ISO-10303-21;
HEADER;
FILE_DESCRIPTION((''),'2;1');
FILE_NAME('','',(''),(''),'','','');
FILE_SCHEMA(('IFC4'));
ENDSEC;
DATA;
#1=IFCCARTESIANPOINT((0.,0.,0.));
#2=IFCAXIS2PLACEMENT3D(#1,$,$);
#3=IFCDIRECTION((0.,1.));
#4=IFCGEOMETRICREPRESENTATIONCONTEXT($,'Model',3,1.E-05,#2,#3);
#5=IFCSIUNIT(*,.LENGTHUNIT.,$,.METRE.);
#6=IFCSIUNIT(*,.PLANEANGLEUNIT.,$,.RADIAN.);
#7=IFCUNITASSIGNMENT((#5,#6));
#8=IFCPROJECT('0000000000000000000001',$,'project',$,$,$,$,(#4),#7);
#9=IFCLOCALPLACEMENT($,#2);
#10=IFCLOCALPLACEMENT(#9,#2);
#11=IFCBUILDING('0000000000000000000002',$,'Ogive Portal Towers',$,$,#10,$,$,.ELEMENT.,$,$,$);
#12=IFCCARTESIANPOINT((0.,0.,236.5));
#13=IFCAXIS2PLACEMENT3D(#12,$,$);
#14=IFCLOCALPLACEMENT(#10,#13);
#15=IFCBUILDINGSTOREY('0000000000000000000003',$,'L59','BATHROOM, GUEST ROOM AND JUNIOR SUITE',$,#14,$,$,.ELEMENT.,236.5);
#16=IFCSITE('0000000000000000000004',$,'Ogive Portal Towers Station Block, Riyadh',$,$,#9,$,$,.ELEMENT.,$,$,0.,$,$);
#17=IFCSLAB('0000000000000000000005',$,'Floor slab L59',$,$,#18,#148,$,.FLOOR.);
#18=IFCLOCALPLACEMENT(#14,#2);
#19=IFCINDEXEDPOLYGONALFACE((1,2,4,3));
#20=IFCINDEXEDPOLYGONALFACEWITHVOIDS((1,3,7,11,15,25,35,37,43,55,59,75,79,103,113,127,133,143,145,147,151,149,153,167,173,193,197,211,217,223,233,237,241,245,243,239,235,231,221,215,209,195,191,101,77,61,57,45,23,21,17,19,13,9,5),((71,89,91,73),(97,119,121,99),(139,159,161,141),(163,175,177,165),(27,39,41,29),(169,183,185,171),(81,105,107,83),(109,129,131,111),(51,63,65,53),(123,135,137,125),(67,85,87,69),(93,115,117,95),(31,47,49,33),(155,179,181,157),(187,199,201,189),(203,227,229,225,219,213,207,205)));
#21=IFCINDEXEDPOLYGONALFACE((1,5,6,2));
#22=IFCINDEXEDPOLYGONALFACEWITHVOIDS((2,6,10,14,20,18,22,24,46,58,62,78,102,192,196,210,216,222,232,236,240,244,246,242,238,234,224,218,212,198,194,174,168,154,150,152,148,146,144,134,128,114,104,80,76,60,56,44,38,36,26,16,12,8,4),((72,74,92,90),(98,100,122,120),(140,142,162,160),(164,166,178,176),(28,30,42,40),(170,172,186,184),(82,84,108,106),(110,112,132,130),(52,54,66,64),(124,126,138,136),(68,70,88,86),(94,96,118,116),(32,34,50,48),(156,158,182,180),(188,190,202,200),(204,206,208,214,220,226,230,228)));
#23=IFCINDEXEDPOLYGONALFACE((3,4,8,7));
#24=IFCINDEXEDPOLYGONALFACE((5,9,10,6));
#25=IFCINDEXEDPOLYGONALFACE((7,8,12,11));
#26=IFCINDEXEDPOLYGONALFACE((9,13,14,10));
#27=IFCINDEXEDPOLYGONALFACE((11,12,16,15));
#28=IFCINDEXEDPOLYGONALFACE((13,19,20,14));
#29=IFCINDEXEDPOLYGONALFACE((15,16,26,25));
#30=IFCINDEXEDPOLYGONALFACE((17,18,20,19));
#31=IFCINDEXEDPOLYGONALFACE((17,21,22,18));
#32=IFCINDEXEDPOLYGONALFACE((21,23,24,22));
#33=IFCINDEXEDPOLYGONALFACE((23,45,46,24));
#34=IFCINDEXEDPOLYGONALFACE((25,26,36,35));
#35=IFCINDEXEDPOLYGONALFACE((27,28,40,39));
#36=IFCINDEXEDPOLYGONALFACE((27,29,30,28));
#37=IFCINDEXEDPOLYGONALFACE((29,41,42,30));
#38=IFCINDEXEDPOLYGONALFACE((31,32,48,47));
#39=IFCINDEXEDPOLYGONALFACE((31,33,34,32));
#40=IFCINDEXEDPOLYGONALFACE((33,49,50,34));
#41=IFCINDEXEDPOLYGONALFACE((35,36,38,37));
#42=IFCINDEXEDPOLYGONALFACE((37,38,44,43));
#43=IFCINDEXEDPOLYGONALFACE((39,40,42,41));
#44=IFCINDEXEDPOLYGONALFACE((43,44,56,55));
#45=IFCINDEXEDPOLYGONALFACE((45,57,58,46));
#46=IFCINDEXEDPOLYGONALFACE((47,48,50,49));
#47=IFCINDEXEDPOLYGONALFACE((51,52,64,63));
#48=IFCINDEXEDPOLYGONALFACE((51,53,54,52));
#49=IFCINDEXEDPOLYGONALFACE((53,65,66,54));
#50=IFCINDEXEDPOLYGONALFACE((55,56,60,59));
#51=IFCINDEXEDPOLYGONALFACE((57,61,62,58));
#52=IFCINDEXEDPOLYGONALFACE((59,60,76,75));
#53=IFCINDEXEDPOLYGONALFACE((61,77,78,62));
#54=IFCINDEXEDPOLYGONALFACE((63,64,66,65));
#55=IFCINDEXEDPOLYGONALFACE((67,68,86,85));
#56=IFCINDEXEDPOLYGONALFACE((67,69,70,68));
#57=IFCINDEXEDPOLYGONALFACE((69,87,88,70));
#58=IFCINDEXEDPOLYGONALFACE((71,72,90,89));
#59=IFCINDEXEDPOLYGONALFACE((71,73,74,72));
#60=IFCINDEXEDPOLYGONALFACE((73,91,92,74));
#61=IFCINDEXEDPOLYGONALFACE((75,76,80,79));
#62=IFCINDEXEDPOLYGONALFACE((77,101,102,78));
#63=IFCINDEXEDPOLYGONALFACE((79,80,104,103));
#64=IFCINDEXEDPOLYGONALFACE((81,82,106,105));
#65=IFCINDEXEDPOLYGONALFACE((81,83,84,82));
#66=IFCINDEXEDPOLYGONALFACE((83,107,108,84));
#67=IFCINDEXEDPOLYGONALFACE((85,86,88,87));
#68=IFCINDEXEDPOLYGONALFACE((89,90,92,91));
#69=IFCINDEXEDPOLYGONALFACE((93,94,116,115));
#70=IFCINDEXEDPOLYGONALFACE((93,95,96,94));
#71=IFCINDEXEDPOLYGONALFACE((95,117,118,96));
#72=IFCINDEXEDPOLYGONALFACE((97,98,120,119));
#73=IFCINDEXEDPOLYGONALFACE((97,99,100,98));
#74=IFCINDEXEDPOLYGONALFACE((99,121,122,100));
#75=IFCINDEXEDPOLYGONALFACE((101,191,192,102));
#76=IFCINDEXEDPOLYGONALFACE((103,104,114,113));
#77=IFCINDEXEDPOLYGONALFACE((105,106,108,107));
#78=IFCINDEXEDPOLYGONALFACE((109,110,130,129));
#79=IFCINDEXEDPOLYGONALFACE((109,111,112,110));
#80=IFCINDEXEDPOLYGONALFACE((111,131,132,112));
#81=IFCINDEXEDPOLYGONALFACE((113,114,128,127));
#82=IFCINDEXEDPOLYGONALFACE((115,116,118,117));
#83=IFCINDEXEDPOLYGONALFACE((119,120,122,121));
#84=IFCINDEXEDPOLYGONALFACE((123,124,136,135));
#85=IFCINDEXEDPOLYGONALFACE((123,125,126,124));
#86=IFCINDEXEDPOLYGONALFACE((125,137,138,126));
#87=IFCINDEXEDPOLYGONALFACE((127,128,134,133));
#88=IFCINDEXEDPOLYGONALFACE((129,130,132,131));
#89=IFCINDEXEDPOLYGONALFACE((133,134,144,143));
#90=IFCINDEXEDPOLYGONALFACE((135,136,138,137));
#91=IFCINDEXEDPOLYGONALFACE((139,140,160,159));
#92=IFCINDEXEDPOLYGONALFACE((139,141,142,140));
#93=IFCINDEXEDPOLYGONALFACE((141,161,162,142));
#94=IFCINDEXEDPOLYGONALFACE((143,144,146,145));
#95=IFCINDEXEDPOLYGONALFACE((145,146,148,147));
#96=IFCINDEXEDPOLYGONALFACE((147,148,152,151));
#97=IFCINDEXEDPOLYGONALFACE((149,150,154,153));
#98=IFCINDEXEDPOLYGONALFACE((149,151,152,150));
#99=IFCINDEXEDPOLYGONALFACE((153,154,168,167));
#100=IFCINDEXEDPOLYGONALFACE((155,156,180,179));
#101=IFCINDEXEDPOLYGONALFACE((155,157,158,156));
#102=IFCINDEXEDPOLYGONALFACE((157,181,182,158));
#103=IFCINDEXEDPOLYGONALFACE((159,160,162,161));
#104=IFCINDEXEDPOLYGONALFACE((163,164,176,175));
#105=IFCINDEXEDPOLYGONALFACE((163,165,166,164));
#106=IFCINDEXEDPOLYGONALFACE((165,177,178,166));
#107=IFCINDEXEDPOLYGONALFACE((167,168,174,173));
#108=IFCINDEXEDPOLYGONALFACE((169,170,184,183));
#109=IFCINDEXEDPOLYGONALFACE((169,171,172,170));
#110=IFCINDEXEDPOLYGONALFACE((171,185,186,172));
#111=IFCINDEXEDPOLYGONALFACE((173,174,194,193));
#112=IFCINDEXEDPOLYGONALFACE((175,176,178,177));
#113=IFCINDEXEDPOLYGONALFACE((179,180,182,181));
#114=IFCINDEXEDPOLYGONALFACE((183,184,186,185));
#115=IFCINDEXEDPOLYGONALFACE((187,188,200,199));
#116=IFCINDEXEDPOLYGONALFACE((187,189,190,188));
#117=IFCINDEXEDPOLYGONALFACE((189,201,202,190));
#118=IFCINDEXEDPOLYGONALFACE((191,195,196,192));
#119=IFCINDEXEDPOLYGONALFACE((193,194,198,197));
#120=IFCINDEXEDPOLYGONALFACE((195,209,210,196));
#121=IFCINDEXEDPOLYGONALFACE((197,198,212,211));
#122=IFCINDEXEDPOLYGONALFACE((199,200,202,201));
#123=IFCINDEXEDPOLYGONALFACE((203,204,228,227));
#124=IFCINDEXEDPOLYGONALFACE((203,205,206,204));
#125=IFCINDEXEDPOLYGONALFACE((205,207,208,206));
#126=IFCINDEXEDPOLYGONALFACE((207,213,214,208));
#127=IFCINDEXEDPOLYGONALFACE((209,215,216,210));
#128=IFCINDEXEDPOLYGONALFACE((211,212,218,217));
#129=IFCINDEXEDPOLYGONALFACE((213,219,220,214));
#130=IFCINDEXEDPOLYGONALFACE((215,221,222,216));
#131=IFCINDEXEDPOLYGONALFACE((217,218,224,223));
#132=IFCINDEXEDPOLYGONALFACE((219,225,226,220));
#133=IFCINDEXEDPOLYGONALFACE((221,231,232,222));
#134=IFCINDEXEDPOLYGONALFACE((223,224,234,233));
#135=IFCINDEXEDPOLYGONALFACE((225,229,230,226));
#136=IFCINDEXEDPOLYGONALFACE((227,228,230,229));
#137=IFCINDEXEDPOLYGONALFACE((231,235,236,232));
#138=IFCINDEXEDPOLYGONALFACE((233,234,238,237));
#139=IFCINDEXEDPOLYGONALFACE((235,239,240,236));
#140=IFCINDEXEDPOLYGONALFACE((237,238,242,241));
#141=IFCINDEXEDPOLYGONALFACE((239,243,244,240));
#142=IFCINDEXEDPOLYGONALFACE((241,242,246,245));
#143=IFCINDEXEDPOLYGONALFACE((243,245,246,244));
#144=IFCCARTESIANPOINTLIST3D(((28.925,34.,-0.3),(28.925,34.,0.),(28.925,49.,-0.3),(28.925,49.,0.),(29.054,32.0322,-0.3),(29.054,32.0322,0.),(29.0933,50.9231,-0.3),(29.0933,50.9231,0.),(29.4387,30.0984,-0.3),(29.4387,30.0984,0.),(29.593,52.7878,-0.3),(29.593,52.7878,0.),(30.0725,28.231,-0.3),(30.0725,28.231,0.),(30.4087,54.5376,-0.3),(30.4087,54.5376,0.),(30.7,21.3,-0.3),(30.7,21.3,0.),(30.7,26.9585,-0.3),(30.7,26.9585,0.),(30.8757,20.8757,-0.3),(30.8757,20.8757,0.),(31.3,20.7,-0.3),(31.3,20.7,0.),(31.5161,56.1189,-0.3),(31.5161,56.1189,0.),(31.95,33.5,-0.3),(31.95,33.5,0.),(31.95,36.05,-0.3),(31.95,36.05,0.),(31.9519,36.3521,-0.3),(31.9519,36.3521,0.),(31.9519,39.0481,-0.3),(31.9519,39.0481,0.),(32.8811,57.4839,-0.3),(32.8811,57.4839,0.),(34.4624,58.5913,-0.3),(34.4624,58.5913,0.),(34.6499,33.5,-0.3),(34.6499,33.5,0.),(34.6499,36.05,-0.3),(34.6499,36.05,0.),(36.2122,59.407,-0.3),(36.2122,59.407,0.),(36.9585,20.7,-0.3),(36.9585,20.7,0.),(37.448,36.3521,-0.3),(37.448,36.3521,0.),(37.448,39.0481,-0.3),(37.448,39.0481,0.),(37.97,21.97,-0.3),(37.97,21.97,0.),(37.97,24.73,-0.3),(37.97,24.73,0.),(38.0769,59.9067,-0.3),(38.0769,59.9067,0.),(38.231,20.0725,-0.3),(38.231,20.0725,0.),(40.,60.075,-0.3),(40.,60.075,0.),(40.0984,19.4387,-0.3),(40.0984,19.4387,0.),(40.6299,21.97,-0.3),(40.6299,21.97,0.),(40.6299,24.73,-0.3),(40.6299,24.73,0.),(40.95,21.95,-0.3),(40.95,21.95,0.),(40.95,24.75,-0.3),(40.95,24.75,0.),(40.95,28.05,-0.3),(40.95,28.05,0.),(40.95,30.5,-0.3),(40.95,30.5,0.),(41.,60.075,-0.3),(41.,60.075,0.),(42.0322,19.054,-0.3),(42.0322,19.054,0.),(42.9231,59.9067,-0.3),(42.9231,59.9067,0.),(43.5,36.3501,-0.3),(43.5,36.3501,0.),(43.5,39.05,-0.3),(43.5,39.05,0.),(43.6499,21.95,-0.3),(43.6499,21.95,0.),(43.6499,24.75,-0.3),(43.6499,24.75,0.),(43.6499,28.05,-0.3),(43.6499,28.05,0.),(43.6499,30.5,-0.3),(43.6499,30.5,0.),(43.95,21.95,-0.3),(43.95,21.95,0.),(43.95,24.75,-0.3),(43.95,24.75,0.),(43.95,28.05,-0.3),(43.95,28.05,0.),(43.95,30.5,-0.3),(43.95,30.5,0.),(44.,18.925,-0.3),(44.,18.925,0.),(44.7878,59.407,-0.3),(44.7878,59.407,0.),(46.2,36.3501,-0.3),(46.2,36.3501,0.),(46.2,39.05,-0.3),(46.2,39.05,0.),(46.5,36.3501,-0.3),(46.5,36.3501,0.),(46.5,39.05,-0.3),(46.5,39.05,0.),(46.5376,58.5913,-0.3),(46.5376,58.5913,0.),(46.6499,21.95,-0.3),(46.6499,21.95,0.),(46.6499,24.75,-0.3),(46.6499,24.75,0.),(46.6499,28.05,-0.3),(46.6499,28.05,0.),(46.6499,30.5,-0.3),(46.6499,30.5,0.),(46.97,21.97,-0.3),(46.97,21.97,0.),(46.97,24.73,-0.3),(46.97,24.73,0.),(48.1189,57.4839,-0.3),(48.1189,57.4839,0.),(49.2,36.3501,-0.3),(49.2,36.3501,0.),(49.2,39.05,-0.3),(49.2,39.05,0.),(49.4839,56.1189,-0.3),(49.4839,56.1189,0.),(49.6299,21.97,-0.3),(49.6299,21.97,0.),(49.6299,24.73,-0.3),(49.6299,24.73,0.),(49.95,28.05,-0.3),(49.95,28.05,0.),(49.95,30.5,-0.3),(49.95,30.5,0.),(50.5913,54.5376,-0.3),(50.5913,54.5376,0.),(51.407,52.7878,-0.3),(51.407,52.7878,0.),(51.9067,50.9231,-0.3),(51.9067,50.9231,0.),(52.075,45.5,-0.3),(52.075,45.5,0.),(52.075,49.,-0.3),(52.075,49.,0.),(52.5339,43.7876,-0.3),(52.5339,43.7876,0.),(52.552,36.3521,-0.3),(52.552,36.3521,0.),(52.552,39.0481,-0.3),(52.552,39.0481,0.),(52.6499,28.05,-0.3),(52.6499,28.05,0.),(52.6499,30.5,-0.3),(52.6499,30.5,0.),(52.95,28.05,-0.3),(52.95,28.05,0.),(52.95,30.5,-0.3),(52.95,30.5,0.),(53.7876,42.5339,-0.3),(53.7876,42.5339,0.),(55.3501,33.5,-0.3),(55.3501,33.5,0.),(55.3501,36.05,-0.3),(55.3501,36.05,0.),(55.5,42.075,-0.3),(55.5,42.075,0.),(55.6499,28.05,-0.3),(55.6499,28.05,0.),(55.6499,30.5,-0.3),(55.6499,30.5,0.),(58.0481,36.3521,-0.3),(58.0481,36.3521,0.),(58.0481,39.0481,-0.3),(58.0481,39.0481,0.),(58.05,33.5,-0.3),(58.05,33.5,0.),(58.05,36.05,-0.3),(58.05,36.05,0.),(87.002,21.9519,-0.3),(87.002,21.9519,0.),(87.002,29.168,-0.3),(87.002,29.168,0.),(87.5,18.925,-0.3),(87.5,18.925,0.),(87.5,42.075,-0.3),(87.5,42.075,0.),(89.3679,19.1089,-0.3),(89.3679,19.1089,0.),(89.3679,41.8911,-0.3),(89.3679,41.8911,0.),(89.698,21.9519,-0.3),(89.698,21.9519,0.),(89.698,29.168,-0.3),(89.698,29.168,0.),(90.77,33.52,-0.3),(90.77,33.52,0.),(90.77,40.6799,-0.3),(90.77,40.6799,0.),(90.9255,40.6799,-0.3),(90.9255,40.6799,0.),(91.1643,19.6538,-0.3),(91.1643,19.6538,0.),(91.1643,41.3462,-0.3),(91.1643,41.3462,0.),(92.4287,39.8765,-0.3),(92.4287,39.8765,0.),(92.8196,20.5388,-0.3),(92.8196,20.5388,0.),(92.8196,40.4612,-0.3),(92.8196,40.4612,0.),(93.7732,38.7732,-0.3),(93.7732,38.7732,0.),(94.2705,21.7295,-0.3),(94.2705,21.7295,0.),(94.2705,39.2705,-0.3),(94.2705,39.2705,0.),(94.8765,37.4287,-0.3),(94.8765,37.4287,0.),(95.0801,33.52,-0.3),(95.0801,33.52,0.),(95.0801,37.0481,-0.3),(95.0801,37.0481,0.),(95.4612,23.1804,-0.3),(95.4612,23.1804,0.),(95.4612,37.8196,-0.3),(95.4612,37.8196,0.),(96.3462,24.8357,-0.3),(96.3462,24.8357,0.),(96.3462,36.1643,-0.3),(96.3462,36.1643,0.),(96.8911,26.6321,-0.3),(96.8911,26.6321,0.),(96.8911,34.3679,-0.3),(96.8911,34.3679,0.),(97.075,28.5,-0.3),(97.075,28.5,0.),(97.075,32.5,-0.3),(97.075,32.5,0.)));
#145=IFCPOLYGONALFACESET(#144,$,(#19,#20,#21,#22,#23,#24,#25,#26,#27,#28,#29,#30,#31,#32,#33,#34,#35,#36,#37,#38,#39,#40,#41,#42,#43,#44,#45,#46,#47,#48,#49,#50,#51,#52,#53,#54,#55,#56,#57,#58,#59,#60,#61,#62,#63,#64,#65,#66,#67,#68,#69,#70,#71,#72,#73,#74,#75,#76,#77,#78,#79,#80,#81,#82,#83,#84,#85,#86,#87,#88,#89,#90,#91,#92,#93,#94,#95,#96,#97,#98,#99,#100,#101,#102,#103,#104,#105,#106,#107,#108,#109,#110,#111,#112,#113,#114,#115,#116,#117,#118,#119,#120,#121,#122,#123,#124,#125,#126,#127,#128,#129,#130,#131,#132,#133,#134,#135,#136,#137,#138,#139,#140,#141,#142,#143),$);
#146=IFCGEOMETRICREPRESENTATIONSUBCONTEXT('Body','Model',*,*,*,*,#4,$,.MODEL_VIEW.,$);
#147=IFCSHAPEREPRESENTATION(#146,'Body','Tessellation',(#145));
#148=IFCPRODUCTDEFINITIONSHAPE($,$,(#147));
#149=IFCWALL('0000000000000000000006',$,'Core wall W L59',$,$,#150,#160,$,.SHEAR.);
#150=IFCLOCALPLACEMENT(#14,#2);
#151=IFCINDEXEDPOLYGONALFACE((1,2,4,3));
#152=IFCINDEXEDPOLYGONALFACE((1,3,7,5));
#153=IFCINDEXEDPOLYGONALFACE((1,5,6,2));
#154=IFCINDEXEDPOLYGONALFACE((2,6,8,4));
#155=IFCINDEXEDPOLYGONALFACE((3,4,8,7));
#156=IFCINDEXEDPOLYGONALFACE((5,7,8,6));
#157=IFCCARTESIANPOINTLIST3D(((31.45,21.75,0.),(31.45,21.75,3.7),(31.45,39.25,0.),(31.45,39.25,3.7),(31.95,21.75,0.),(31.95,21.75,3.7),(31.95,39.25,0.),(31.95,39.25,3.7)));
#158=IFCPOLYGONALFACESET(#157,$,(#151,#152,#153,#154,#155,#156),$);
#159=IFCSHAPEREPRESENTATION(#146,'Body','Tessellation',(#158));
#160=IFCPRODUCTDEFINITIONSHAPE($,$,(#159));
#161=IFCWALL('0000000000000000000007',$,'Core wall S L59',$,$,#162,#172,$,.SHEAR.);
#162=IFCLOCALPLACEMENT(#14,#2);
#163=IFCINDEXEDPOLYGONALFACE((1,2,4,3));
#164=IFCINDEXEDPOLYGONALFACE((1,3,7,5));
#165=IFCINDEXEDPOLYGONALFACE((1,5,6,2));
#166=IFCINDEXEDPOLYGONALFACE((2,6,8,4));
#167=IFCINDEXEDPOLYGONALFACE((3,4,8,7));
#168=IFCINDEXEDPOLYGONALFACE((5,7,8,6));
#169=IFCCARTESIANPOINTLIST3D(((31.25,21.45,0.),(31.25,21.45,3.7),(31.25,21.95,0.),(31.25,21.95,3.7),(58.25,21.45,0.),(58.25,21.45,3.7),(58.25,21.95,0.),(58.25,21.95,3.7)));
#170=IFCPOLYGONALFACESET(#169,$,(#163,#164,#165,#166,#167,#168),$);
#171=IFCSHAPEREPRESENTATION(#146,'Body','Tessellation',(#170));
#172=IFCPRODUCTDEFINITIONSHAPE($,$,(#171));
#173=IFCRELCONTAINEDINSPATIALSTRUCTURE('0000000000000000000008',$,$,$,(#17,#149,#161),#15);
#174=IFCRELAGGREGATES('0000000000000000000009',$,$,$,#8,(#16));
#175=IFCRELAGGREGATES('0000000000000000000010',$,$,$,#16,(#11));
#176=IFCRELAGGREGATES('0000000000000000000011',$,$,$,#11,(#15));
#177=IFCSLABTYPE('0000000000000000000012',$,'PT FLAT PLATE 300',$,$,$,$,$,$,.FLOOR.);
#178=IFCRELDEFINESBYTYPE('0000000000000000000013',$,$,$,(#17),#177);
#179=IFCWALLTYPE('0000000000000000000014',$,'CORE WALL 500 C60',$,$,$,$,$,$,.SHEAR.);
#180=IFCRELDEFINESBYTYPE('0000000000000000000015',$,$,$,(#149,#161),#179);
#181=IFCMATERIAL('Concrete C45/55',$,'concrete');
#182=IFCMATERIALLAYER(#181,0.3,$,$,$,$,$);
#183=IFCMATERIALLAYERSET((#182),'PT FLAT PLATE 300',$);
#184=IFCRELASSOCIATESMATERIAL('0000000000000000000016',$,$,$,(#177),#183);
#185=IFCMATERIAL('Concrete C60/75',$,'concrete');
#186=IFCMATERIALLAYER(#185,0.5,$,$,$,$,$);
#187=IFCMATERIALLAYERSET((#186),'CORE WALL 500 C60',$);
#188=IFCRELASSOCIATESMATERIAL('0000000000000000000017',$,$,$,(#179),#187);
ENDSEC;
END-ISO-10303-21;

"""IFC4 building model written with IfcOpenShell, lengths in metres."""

from ifc_helpers import new_model, si_unit, direction, frame, frame_2d, origin, place, context, subcontext, project, spatial, polyline, rectangle, outline, extrude, material, layer, layer_set, type_object, element, save


model = new_model("IFC4")

# Units and contexts
model_context = context("Model", 3, precision=1e-05, world=origin(), true_north=direction((0.0, 1.0)))
body_context = subcontext(model_context, "Body", "Model", "MODEL_VIEW")
ifc_project = project(units=[si_unit("LENGTHUNIT", "METRE"), si_unit("PLANEANGLEUNIT", "RADIAN")], contexts=[model_context])

# Site, building, storey
site_placement = place(None, origin())
site = spatial("IfcSite", under=ifc_project, at=site_placement, Name="Ogive Portal Towers Station Block, Riyadh", CompositionType="ELEMENT", RefElevation=0.0)
building_placement = place(site_placement, origin())
building = spatial("IfcBuilding", under=site, at=building_placement, Name="Ogive Portal Towers", CompositionType="ELEMENT")
storey_placement = place(building_placement, frame((0.0, 0.0, 236.5)))
storey = spatial("IfcBuildingStorey", under=building, at=storey_placement, Name="L59", Description="BATHROOM, GUEST ROOM AND JUNIOR SUITE", CompositionType="ELEMENT", Elevation=236.5)

# Slab
ifc_material_1 = material(Name="Concrete C45/55", Category="concrete")
ifc_layer_1 = layer(ifc_material_1, 0.3)
ifc_layer_set_1 = layer_set([ifc_layer_1], Name="PT FLAT PLATE 300")
slab_type_1 = type_object("IfcSlabType", Name="PT FLAT PLATE 300", PredefinedType="FLOOR", material=ifc_layer_set_1)
slab_1_placement = place(storey_placement, frame((0.0, 0.0, -0.3)))
element("IfcSlab", 1, at=slab_1_placement, inside=storey, type_object=slab_type_1, Name="Floor slab L59", PredefinedType="FLOOR", context=body_context, shape_type="SweptSolid", body=[
    extrude(outline(polyline([(29.4387, 30.0984), (30.0725, 28.231), (30.7, 26.9585), (30.7, 21.3), (30.8757, 20.8757), (31.3, 20.7), (36.9585, 20.7), (38.231, 20.0725), (40.0984, 19.4387), (42.0322, 19.054), (44.0, 18.925), (87.5, 18.925), (89.3679, 19.1089), (91.1643, 19.6538), (92.8196, 20.5388), (94.2705, 21.7295), (95.4612, 23.1804), (96.3462, 24.8357), (96.8911, 26.6321), (97.075, 28.5), (97.075, 32.5), (96.8911, 34.3679), (96.3462, 36.1643), (95.4612, 37.8196), (94.2705, 39.2705), (92.8196, 40.4612), (91.1643, 41.3462), (89.3679, 41.8911), (87.5, 42.075), (55.5, 42.075), (53.7876, 42.5339), (52.5339, 43.7876), (52.075, 45.5), (52.075, 49.0), (51.9067, 50.9231), (51.407, 52.7878), (50.5913, 54.5376), (49.4839, 56.1189), (48.1189, 57.4839), (46.5376, 58.5913), (44.7878, 59.407), (42.9231, 59.9067), (41.0, 60.075), (40.0, 60.075), (38.0769, 59.9067), (36.2122, 59.407), (34.4624, 58.5913), (32.8811, 57.4839), (31.5161, 56.1189), (30.4087, 54.5376), (29.593, 52.7878), (29.0933, 50.9231), (28.925, 49.0), (28.925, 34.0), (29.054, 32.0322), (29.4387, 30.0984)]), holes=[polyline([(40.6299, 21.97), (37.97, 21.97), (37.97, 24.73), (40.6299, 24.73), (40.6299, 21.97)]), polyline([(43.6499, 24.75), (43.6499, 21.95), (40.95, 21.95), (40.95, 24.75), (43.6499, 24.75)]), polyline([(46.6499, 24.75), (46.6499, 21.95), (43.95, 21.95), (43.95, 24.75), (46.6499, 24.75)]), polyline([(43.6499, 30.5), (43.6499, 28.05), (40.95, 28.05), (40.95, 30.5), (43.6499, 30.5)]), polyline([(46.6499, 30.5), (46.6499, 28.05), (43.95, 28.05), (43.95, 30.5), (46.6499, 30.5)]), polyline([(34.6499, 36.05), (34.6499, 33.5), (31.95, 33.5), (31.95, 36.05), (34.6499, 36.05)]), polyline([(31.9519, 39.0481), (37.448, 39.0481), (37.448, 36.3521), (31.9519, 36.3521), (31.9519, 39.0481)]), polyline([(46.2, 39.05), (46.2, 36.3501), (43.5, 36.3501), (43.5, 39.05), (46.2, 39.05)]), polyline([(49.6299, 21.97), (46.97, 21.97), (46.97, 24.73), (49.6299, 24.73), (49.6299, 21.97)]), polyline([(87.002, 21.9519), (87.002, 29.168), (89.698, 29.168), (89.698, 21.9519), (87.002, 21.9519)]), polyline([(52.6499, 30.5), (52.6499, 28.05), (49.95, 28.05), (49.95, 30.5), (52.6499, 30.5)]), polyline([(55.6499, 30.5), (55.6499, 28.05), (52.95, 28.05), (52.95, 30.5), (55.6499, 30.5)]), polyline([(58.05, 36.05), (58.05, 33.5), (55.3501, 33.5), (55.3501, 36.05), (58.05, 36.05)]), polyline([(93.7732, 38.7732), (94.8765, 37.4287), (95.0801, 37.0481), (95.0801, 33.52), (90.77, 33.52), (90.77, 40.6799), (90.9255, 40.6799), (92.4287, 39.8765), (93.7732, 38.7732)]), polyline([(49.2, 39.05), (49.2, 36.3501), (46.5, 36.3501), (46.5, 39.05), (49.2, 39.05)]), polyline([(58.0481, 36.3521), (52.552, 36.3521), (52.552, 39.0481), (58.0481, 39.0481), (58.0481, 36.3521)])]), origin(), (0.0, 0.0, 1.0), 0.3),
])

# Walls
ifc_material_2 = material(Name="Concrete C60/75", Category="concrete")
ifc_layer_2 = layer(ifc_material_2, 0.5)
ifc_layer_set_2 = layer_set([ifc_layer_2], Name="CORE WALL 500 C60")
wall_type_1 = type_object("IfcWallType", Name="CORE WALL 500 C60", PredefinedType="SHEAR", material=ifc_layer_set_2)
wall_1_placement = place(storey_placement, frame((31.7, 21.75, 0.0), z_axis=(0.0, 0.0, 1.0), x_axis=(0.0, 1.0, 0.0)))
element("IfcWall", 2, at=wall_1_placement, inside=storey, type_object=wall_type_1, Name="Core wall W L59", PredefinedType="SHEAR", context=body_context, shape_type="SweptSolid", body=[
    extrude(rectangle(XDim=17.5, YDim=0.5, at=frame_2d((8.75, 0.0))), origin(), (0.0, 0.0, 1.0), 3.7),
])
wall_2_placement = place(storey_placement, frame((31.25, 21.7, 0.0), z_axis=(0.0, 0.0, 1.0), x_axis=(1.0, 0.0, 0.0)))
element("IfcWall", 3, at=wall_2_placement, inside=storey, type_object=wall_type_1, Name="Core wall S L59", PredefinedType="SHEAR", context=body_context, shape_type="SweptSolid", body=[
    extrude(rectangle(XDim=27.0, YDim=0.5, at=frame_2d((13.5, 0.0))), origin(), (0.0, 0.0, 1.0), 3.7),
])

save(model, "model.ifc")
